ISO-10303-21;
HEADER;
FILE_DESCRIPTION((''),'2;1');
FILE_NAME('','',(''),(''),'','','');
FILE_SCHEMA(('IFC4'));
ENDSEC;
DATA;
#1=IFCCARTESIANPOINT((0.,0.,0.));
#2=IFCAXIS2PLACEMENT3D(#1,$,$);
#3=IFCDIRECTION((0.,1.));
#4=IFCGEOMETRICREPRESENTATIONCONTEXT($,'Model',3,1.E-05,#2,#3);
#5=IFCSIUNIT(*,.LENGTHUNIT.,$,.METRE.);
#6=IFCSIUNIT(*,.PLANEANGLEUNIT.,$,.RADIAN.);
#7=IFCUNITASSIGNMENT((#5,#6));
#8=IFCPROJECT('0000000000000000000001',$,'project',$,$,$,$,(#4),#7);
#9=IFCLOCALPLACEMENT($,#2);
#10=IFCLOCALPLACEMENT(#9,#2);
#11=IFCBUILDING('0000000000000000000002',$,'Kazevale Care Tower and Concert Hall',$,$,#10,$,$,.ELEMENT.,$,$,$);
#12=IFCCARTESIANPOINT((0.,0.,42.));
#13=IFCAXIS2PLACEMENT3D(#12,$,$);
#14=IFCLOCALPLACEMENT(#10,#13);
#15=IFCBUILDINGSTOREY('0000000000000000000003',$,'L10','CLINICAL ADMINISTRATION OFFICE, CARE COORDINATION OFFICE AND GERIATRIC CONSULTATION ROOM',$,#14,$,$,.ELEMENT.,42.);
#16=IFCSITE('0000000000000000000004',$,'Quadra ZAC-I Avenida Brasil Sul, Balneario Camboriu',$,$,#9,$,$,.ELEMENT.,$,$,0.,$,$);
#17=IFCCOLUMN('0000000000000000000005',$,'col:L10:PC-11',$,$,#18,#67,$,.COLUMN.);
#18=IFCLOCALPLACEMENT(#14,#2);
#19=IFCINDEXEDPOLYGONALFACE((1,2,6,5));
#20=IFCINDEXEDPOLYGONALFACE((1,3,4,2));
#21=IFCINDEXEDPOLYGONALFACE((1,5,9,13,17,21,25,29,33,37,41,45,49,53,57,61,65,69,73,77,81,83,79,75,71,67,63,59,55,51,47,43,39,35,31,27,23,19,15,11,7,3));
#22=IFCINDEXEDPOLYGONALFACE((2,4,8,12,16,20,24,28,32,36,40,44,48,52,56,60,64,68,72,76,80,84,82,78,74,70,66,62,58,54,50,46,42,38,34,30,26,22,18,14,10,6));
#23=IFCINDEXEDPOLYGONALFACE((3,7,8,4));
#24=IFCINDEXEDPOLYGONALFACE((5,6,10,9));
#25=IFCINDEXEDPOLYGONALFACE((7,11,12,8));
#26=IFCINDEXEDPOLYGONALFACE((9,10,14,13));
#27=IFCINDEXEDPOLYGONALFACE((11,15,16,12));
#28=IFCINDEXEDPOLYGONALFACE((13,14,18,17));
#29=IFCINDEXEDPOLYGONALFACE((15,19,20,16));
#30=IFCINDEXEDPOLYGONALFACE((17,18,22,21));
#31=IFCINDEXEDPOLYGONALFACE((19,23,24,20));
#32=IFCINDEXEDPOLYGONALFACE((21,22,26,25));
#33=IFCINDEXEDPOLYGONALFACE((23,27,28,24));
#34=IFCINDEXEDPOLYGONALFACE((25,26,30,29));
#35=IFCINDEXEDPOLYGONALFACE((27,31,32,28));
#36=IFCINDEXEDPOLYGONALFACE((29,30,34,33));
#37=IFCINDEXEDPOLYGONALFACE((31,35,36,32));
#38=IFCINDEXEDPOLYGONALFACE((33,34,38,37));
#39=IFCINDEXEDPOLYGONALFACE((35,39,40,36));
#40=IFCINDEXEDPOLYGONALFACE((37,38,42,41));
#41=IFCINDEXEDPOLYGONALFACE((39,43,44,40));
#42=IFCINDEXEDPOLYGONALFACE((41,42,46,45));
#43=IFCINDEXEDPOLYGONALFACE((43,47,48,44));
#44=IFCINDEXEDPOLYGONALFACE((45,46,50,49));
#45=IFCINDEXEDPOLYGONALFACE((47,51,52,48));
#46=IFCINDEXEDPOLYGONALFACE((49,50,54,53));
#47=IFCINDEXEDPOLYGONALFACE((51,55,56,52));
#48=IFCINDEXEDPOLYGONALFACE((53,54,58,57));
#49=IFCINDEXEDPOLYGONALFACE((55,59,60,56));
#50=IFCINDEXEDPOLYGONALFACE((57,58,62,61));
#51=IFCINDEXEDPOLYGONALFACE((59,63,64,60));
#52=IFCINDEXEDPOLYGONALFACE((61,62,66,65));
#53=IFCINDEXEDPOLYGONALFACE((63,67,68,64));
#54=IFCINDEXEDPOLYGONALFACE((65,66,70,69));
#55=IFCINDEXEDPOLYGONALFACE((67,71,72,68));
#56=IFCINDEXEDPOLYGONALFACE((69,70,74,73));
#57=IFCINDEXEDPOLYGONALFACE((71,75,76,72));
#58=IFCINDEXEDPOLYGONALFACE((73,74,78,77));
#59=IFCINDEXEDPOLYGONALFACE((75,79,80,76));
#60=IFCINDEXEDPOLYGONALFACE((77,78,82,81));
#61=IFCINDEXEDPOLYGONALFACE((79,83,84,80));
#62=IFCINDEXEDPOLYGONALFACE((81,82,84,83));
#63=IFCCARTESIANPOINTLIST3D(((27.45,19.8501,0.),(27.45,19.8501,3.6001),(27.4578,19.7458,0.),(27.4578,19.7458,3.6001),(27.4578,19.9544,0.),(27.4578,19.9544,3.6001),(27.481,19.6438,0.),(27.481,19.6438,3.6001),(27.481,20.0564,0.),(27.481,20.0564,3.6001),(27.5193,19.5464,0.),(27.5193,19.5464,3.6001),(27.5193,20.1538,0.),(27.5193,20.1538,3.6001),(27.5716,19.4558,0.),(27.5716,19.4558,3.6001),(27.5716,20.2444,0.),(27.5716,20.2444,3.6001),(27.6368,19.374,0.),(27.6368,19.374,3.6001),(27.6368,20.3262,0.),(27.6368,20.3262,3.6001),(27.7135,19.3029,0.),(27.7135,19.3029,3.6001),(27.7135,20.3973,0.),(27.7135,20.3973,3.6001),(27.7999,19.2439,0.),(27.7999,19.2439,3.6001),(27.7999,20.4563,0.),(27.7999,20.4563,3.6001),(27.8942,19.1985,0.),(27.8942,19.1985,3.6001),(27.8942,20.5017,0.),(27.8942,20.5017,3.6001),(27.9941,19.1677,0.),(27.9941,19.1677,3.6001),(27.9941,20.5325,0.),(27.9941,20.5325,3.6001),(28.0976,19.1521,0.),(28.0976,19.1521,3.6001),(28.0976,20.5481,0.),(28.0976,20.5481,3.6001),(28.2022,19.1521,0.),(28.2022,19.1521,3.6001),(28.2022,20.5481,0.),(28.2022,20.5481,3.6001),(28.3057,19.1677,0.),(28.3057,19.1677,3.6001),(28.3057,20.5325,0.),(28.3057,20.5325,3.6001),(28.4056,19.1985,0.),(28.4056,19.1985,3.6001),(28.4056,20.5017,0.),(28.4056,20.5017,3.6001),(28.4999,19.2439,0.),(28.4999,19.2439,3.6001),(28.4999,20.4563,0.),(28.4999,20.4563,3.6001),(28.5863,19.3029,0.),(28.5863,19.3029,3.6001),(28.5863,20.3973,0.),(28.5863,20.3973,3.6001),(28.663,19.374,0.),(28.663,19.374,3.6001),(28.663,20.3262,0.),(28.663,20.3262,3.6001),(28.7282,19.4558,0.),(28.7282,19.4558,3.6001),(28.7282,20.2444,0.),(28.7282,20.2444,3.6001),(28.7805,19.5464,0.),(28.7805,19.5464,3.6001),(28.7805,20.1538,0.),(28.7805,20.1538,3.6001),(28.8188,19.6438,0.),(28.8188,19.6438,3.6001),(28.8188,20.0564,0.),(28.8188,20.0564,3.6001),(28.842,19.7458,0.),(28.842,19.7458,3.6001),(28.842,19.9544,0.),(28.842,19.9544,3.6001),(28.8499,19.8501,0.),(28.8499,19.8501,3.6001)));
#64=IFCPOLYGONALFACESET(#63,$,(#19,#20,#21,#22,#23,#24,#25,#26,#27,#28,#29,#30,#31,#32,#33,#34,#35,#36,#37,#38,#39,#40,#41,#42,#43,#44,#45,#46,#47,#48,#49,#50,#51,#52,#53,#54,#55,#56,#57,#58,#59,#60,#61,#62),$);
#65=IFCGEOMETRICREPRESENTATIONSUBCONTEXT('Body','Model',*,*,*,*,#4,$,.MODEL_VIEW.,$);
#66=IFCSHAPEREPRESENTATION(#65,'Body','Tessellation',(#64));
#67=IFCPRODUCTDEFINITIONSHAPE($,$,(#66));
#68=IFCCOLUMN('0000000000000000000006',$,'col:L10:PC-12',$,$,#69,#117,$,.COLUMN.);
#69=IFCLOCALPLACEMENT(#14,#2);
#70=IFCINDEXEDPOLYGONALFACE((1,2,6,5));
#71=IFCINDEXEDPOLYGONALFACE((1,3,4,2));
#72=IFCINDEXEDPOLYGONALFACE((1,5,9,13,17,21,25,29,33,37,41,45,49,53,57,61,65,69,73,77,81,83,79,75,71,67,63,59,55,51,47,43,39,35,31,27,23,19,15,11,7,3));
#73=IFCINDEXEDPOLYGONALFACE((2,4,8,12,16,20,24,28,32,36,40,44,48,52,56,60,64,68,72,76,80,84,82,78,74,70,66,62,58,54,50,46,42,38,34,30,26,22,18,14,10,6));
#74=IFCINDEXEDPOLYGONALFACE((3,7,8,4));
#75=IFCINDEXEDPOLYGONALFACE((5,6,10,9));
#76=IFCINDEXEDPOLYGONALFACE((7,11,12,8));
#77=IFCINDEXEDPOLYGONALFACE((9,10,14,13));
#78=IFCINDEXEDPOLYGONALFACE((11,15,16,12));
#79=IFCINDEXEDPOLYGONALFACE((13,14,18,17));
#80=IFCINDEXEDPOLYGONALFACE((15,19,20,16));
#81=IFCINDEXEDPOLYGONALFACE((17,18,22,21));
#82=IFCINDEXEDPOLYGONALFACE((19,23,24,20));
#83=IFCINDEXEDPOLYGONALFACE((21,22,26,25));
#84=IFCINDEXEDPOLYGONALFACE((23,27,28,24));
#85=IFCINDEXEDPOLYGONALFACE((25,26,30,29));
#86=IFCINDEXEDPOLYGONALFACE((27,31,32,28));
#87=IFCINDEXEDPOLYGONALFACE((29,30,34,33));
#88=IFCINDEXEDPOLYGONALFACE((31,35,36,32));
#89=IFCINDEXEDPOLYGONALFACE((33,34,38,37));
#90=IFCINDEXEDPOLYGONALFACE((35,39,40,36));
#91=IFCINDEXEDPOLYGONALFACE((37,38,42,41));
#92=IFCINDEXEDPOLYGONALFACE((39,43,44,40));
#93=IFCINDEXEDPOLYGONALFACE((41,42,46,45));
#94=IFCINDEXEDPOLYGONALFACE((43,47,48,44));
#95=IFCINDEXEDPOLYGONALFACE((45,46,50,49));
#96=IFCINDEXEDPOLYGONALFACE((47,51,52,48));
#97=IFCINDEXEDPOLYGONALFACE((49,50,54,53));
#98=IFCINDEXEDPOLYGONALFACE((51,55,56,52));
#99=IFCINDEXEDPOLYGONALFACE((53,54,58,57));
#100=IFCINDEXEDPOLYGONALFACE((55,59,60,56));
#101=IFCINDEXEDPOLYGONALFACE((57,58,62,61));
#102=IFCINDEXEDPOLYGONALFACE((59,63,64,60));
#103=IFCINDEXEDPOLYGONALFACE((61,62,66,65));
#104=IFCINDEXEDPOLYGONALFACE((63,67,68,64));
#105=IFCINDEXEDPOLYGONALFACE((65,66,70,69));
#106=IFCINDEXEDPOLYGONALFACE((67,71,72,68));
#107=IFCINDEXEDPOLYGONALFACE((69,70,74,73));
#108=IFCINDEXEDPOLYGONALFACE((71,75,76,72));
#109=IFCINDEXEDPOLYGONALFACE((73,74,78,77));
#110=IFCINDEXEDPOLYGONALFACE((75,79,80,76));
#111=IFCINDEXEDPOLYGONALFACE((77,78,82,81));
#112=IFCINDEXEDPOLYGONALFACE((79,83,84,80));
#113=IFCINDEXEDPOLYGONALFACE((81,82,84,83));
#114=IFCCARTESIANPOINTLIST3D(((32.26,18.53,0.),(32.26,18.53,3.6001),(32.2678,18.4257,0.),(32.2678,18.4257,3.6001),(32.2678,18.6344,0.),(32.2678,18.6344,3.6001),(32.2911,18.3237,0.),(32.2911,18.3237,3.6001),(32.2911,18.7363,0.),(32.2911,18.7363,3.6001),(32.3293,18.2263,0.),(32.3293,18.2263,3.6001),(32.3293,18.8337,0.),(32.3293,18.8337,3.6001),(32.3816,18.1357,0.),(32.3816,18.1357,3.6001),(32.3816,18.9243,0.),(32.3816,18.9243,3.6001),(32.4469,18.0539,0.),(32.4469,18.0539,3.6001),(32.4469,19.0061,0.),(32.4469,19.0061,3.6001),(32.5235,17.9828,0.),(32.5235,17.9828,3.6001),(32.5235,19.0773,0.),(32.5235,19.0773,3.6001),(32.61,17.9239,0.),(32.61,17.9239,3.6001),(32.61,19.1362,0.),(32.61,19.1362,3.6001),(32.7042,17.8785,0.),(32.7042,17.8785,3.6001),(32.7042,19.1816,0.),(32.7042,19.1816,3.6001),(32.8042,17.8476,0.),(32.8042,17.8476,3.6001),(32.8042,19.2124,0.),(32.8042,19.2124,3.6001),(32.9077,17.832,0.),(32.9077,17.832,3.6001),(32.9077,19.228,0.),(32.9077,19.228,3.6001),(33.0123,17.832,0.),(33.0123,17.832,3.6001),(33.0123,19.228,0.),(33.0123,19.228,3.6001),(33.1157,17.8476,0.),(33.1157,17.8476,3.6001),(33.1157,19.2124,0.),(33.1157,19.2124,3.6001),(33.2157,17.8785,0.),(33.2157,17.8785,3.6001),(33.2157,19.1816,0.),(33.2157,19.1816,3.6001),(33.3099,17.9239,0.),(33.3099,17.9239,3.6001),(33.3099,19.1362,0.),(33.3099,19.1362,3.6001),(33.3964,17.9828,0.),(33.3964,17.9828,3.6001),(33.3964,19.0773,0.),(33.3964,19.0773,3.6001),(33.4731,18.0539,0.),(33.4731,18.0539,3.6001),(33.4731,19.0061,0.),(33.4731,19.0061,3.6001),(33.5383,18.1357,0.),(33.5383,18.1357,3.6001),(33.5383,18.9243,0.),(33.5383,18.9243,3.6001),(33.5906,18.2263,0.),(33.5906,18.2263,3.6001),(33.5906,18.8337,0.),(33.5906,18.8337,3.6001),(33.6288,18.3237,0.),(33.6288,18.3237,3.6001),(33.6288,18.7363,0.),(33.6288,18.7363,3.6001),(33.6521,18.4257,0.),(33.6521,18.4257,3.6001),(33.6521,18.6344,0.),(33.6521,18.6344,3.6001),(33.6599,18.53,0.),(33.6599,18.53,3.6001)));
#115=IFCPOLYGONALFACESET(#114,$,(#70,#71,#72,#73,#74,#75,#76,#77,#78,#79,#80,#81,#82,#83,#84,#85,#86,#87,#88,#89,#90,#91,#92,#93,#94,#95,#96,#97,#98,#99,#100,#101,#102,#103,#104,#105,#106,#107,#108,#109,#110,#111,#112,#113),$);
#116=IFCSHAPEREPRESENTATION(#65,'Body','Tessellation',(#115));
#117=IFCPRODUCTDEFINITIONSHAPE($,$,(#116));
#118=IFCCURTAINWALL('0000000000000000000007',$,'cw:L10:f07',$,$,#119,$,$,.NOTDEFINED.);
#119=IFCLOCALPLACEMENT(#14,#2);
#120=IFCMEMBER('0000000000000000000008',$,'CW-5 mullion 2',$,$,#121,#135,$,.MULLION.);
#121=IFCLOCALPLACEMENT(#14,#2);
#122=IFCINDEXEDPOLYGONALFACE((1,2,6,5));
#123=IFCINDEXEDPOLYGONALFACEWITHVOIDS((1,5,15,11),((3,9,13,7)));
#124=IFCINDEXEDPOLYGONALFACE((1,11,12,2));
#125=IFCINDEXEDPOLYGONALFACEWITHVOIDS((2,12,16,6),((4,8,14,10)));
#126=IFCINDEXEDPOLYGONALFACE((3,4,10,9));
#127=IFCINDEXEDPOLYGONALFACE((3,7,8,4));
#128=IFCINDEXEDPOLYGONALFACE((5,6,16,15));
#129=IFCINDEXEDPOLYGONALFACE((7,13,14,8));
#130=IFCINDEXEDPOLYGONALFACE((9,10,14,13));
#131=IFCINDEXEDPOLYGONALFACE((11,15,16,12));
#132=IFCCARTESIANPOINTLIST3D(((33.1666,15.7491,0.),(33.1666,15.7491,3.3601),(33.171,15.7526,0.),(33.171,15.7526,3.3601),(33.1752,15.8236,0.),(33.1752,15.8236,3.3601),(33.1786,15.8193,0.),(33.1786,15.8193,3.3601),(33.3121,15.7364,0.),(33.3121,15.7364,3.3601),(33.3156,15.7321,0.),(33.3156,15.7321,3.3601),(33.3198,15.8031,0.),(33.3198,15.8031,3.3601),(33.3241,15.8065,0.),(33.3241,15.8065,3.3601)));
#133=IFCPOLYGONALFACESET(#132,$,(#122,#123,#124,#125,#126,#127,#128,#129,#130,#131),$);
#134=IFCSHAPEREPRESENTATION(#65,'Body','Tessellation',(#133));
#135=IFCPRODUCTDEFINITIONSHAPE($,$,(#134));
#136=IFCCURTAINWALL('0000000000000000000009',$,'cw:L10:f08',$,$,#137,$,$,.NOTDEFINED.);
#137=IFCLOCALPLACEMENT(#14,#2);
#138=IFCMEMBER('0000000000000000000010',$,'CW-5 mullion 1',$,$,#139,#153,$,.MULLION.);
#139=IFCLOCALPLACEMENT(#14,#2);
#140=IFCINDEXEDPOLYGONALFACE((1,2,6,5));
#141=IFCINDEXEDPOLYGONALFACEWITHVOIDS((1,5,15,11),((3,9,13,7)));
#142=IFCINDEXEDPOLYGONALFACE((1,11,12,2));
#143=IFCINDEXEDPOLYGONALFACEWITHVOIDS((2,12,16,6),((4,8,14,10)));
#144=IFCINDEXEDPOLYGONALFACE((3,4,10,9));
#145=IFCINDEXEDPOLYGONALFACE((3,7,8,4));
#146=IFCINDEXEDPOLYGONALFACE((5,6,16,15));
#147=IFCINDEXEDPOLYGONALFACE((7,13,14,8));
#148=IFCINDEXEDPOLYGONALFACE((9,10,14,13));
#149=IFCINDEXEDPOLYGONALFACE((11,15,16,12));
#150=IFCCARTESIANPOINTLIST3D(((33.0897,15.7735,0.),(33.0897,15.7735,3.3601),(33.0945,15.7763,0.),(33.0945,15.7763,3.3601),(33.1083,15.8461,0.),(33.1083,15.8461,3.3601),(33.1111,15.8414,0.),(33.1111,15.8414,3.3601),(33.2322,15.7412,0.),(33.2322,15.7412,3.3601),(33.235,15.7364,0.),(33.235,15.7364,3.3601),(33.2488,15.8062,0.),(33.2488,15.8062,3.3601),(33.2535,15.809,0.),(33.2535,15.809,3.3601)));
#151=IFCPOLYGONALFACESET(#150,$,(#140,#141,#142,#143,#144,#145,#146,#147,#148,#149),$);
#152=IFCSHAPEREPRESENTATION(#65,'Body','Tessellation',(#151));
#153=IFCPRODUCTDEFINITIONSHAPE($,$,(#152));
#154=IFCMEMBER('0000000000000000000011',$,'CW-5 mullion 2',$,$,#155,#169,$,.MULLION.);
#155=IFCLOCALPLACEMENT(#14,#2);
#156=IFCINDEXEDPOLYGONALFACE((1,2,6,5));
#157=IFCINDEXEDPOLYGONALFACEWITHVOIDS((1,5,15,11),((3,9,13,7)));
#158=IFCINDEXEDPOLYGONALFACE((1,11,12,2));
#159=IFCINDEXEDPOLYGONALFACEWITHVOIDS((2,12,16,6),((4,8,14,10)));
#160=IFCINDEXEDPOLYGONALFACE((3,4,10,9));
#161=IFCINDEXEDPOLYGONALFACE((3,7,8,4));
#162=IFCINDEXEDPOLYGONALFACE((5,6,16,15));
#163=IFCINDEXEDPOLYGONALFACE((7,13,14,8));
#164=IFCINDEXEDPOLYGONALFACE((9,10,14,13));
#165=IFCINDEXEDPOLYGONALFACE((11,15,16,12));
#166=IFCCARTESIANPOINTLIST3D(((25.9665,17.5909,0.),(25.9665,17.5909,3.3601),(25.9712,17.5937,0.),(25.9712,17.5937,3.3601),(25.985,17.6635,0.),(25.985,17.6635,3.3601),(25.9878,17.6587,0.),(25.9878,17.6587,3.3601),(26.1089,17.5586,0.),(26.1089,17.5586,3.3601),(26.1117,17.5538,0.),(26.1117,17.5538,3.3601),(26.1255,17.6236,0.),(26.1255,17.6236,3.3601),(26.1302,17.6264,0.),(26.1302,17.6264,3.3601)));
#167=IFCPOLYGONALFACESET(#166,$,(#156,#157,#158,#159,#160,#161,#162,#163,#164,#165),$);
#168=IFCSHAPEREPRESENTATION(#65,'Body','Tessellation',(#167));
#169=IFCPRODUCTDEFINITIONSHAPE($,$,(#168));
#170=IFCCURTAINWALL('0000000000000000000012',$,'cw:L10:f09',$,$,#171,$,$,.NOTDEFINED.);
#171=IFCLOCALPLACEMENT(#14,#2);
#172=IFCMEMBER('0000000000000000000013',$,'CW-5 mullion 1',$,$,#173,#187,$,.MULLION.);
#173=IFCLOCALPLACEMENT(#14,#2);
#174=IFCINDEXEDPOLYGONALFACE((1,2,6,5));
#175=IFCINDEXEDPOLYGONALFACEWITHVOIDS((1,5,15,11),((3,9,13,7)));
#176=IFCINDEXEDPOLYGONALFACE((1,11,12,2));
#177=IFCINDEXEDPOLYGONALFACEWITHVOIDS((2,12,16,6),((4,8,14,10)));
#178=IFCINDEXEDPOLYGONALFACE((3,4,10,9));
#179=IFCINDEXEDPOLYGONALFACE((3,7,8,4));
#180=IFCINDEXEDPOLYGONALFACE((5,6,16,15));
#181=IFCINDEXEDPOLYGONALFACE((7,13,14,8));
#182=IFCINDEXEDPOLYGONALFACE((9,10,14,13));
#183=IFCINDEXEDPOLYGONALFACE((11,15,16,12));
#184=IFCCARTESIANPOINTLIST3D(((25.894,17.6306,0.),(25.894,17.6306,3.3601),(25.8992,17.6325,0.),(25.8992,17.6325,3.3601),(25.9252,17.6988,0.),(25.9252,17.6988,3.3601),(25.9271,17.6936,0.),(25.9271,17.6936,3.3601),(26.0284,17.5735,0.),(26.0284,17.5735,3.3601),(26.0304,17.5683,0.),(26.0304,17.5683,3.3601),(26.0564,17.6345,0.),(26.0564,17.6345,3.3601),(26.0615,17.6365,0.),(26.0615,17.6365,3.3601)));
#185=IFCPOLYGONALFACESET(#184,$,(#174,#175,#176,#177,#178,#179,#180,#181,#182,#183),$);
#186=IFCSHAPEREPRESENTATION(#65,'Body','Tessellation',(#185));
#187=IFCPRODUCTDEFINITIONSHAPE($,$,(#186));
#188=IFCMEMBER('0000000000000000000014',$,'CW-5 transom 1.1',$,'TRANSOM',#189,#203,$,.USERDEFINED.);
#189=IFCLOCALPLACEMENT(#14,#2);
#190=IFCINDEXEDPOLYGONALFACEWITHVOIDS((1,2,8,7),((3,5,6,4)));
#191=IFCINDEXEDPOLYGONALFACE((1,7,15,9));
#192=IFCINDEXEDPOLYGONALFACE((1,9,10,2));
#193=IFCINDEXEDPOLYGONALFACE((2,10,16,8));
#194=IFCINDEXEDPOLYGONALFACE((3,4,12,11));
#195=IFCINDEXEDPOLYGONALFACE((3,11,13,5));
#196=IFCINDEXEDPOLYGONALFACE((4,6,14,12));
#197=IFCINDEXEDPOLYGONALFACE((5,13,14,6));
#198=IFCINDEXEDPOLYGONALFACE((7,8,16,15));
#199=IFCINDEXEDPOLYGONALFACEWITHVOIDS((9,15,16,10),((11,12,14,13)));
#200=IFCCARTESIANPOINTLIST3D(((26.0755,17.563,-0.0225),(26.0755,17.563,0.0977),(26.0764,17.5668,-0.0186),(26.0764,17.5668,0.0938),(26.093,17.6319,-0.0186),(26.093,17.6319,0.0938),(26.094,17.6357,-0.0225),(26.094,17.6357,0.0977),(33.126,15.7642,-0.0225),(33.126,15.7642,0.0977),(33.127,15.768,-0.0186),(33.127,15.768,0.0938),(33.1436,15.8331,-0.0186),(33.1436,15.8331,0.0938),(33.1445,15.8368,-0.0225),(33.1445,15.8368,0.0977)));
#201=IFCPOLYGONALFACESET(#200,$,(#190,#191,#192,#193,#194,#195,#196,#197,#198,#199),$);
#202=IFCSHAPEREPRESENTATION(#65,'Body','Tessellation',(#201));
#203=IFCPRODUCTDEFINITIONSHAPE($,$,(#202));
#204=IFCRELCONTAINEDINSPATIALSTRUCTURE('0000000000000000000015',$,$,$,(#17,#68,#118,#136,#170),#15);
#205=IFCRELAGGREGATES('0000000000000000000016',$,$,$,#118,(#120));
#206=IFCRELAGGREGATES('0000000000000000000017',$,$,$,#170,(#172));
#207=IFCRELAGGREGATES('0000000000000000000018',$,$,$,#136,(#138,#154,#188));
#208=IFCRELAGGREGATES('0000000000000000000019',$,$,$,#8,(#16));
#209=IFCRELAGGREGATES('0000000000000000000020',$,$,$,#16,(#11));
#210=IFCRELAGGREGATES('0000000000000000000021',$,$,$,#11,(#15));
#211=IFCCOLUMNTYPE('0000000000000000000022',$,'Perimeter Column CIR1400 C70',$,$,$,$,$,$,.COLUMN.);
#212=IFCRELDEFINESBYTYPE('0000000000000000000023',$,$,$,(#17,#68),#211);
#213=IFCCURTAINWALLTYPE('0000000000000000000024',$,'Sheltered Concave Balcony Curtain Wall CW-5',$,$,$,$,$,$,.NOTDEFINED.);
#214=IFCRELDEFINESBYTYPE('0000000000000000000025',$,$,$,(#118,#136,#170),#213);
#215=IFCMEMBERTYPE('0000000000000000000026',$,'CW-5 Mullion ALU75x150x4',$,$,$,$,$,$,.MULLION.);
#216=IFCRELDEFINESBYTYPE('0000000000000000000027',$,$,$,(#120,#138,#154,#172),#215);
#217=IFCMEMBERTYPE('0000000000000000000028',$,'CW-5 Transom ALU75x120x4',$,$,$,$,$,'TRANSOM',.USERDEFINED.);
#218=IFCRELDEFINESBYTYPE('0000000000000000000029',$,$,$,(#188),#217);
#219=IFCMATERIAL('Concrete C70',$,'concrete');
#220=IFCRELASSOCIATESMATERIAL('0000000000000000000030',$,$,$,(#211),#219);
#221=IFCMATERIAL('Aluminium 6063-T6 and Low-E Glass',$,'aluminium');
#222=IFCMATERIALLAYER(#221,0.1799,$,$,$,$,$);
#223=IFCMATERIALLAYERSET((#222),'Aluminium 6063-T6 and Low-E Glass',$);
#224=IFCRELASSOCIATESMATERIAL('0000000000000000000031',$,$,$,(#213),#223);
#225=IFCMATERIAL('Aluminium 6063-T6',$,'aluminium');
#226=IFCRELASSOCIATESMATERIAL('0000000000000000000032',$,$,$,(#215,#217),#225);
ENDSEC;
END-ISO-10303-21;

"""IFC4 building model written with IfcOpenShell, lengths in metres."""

from ifc_helpers import new_model, si_unit, direction, frame, origin, origin_2d, place, context, subcontext, project, spatial, hollow_rectangle, circle, extrude, material, layer, layer_set, material_profile, profile_set, type_object, element, aggregate, save


model = new_model("IFC4")

# Units and contexts
model_context = context("Model", 3, precision=1e-05, world=origin(), true_north=direction((0.0, 1.0)))
body_context = subcontext(model_context, "Body", "Model", "MODEL_VIEW")
ifc_project = project(units=[si_unit("LENGTHUNIT", "METRE"), si_unit("PLANEANGLEUNIT", "RADIAN")], contexts=[model_context])

# Site, building, storey
site_placement = place(None, origin())
site = spatial("IfcSite", under=ifc_project, at=site_placement, Name="Quadra ZAC-I Avenida Brasil Sul, Balneario Camboriu", CompositionType="ELEMENT", RefElevation=0.0)
building_placement = place(site_placement, origin())
building = spatial("IfcBuilding", under=site, at=building_placement, Name="Kazevale Care Tower and Concert Hall", CompositionType="ELEMENT")
storey_placement = place(building_placement, frame((0.0, 0.0, 42.0)))
storey = spatial("IfcBuildingStorey", under=building, at=storey_placement, Name="L10", Description="CLINICAL ADMINISTRATION OFFICE, CARE COORDINATION OFFICE AND GERIATRIC CONSULTATION ROOM", CompositionType="ELEMENT", Elevation=42.0)

# Columns
ifc_material_1 = material(Name="Concrete C70", Category="concrete")
ifc_material_profile_1 = material_profile(ifc_material_1, circle(Radius=0.7, at=origin_2d()), Name="RC-CIR1400")
ifc_profile_set_1 = profile_set([ifc_material_profile_1], Name="Concrete C70")
column_type = type_object("IfcColumnType", Name="Perimeter Column CIR1400 C70", PredefinedType="COLUMN", material=ifc_profile_set_1)
for number, where, z_axis, x_axis, name in (
    (1, (28.1499, 19.8501, 0.0), (0.0, 0.0, 1.0), (1.0, 0.0, 0.0), "col:L10:PC-11"),
    (2, (32.96, 18.53, 0.0), (0.0, 0.0, 1.0), (1.0, 0.0, 0.0), "col:L10:PC-12"),
):
    element("IfcColumn", number, at=place(storey_placement, frame(where, z_axis=z_axis, x_axis=x_axis)), inside=storey, type_object=column_type, Name=name, PredefinedType="COLUMN", context=body_context, shape_type="SweptSolid", body=[
        extrude(circle(Radius=0.7, at=origin_2d()), origin(), (0.0, 0.0, 1.0), 3.6001),
    ])

# Curtain wall, member
ifc_material_2 = material(Name="Aluminium 6063-T6 and Low-E Glass", Category="aluminium")
ifc_layer_1 = layer(ifc_material_2, 0.1799)
ifc_layer_set_1 = layer_set([ifc_layer_1], Name="Aluminium 6063-T6 and Low-E Glass")
curtain_wall_type = type_object("IfcCurtainWallType", Name="Sheltered Concave Balcony Curtain Wall CW-5", PredefinedType="NOTDEFINED", material=ifc_layer_set_1)
curtain_wall_1_placement = place(storey_placement, origin())
curtain_wall_1 = element("IfcCurtainWall", 3, at=curtain_wall_1_placement, inside=storey, type_object=curtain_wall_type, Name="cw:L10:f07", PredefinedType="NOTDEFINED")
ifc_material_3 = material(Name="Aluminium 6063-T6", Category="aluminium")
ifc_material_profile_2 = material_profile(ifc_material_3, hollow_rectangle(XDim=0.075, YDim=0.1499, WallThickness=0.0039, at=origin_2d()), Name="ALU75x150x4")
ifc_profile_set_2 = profile_set([ifc_material_profile_2], Name="Aluminium 6063-T6")
member_type_1 = type_object("IfcMemberType", Name="CW-5 Mullion ALU75x150x4", PredefinedType="MULLION", material=ifc_profile_set_2)
member_1_placement = place(storey_placement, frame((33.2454, 15.7778, 0.0), z_axis=(0.0, 0.0, 1.0), x_axis=(-0.113705, -0.993515, 0.0)))
member_1 = element("IfcMember", 4, at=member_1_placement, type_object=member_type_1, Name="CW-5 mullion 2", PredefinedType="MULLION", context=body_context, shape_type="SweptSolid", body=[
    extrude(hollow_rectangle(XDim=0.075, YDim=0.1499, WallThickness=0.0039, at=origin_2d()), origin(), (0.0, 0.0, 1.0), 3.3601),
])
aggregate(curtain_wall_1, [member_1])

# Curtain wall, members
curtain_wall_2_placement = place(storey_placement, origin())
curtain_wall_2 = element("IfcCurtainWall", 5, at=curtain_wall_2_placement, inside=storey, type_object=curtain_wall_type, Name="cw:L10:f08", PredefinedType="NOTDEFINED")
member_2_placement = place(storey_placement, frame((33.1716, 15.7913, 0.0), z_axis=(0.0, 0.0, 1.0), x_axis=(-0.247222, -0.968959, 0.0)))
member_2 = element("IfcMember", 6, at=member_2_placement, type_object=member_type_1, Name="CW-5 mullion 1", PredefinedType="MULLION", context=body_context, shape_type="SweptSolid", body=[
    extrude(hollow_rectangle(XDim=0.075, YDim=0.1499, WallThickness=0.0039, at=origin_2d()), origin(), (0.0, 0.0, 1.0), 3.3601),
])
member_3_placement = place(storey_placement, frame((26.0483, 17.6086, 0.0), z_axis=(0.0, 0.0, 1.0), x_axis=(-0.247222, -0.968959, 0.0)))
member_3 = element("IfcMember", 7, at=member_3_placement, type_object=member_type_1, Name="CW-5 mullion 2", PredefinedType="MULLION", context=body_context, shape_type="SweptSolid", body=[
    extrude(hollow_rectangle(XDim=0.075, YDim=0.1499, WallThickness=0.0039, at=origin_2d()), origin(), (0.0, 0.0, 1.0), 3.3601),
])

# Curtain wall, member
curtain_wall_3_placement = place(storey_placement, origin())
curtain_wall_3 = element("IfcCurtainWall", 8, at=curtain_wall_3_placement, inside=storey, type_object=curtain_wall_type, Name="cw:L10:f09", PredefinedType="NOTDEFINED")
member_4_placement = place(storey_placement, frame((25.9778, 17.6335, 0.0), z_axis=(0.0, 0.0, 1.0), x_axis=(-0.41566, -0.90952, 0.0)))
member_4 = element("IfcMember", 9, at=member_4_placement, type_object=member_type_1, Name="CW-5 mullion 1", PredefinedType="MULLION", context=body_context, shape_type="SweptSolid", body=[
    extrude(hollow_rectangle(XDim=0.075, YDim=0.1499, WallThickness=0.0039, at=origin_2d()), origin(), (0.0, 0.0, 1.0), 3.3601),
])

# Member
ifc_material_profile_3 = material_profile(ifc_material_3, hollow_rectangle(XDim=0.075, YDim=0.1201, WallThickness=0.0039, at=origin_2d()), Name="ALU75x120x4")
ifc_profile_set_3 = profile_set([ifc_material_profile_3], Name="Aluminium 6063-T6")
member_type_2 = type_object("IfcMemberType", Name="CW-5 Transom ALU75x120x4", ElementType="TRANSOM", PredefinedType="USERDEFINED", material=ifc_profile_set_3)
member_5_placement = place(storey_placement, frame((33.1353, 15.8005, 0.0376), z_axis=(-0.968961, 0.247214, 0.0), x_axis=(-0.247214, -0.968961, 0.0)))
member_5 = element("IfcMember", 10, at=member_5_placement, type_object=member_type_2, Name="CW-5 transom 1.1", ObjectType="TRANSOM", PredefinedType="USERDEFINED", context=body_context, shape_type="SweptSolid", body=[
    extrude(hollow_rectangle(XDim=0.075, YDim=0.1201, WallThickness=0.0039, at=origin_2d()), origin(), (0.0, 0.0, 1.0), 7.2764),
])
aggregate(curtain_wall_3, [member_4])

aggregate(curtain_wall_2, [member_2, member_3, member_5])

save(model, "model.ifc")
